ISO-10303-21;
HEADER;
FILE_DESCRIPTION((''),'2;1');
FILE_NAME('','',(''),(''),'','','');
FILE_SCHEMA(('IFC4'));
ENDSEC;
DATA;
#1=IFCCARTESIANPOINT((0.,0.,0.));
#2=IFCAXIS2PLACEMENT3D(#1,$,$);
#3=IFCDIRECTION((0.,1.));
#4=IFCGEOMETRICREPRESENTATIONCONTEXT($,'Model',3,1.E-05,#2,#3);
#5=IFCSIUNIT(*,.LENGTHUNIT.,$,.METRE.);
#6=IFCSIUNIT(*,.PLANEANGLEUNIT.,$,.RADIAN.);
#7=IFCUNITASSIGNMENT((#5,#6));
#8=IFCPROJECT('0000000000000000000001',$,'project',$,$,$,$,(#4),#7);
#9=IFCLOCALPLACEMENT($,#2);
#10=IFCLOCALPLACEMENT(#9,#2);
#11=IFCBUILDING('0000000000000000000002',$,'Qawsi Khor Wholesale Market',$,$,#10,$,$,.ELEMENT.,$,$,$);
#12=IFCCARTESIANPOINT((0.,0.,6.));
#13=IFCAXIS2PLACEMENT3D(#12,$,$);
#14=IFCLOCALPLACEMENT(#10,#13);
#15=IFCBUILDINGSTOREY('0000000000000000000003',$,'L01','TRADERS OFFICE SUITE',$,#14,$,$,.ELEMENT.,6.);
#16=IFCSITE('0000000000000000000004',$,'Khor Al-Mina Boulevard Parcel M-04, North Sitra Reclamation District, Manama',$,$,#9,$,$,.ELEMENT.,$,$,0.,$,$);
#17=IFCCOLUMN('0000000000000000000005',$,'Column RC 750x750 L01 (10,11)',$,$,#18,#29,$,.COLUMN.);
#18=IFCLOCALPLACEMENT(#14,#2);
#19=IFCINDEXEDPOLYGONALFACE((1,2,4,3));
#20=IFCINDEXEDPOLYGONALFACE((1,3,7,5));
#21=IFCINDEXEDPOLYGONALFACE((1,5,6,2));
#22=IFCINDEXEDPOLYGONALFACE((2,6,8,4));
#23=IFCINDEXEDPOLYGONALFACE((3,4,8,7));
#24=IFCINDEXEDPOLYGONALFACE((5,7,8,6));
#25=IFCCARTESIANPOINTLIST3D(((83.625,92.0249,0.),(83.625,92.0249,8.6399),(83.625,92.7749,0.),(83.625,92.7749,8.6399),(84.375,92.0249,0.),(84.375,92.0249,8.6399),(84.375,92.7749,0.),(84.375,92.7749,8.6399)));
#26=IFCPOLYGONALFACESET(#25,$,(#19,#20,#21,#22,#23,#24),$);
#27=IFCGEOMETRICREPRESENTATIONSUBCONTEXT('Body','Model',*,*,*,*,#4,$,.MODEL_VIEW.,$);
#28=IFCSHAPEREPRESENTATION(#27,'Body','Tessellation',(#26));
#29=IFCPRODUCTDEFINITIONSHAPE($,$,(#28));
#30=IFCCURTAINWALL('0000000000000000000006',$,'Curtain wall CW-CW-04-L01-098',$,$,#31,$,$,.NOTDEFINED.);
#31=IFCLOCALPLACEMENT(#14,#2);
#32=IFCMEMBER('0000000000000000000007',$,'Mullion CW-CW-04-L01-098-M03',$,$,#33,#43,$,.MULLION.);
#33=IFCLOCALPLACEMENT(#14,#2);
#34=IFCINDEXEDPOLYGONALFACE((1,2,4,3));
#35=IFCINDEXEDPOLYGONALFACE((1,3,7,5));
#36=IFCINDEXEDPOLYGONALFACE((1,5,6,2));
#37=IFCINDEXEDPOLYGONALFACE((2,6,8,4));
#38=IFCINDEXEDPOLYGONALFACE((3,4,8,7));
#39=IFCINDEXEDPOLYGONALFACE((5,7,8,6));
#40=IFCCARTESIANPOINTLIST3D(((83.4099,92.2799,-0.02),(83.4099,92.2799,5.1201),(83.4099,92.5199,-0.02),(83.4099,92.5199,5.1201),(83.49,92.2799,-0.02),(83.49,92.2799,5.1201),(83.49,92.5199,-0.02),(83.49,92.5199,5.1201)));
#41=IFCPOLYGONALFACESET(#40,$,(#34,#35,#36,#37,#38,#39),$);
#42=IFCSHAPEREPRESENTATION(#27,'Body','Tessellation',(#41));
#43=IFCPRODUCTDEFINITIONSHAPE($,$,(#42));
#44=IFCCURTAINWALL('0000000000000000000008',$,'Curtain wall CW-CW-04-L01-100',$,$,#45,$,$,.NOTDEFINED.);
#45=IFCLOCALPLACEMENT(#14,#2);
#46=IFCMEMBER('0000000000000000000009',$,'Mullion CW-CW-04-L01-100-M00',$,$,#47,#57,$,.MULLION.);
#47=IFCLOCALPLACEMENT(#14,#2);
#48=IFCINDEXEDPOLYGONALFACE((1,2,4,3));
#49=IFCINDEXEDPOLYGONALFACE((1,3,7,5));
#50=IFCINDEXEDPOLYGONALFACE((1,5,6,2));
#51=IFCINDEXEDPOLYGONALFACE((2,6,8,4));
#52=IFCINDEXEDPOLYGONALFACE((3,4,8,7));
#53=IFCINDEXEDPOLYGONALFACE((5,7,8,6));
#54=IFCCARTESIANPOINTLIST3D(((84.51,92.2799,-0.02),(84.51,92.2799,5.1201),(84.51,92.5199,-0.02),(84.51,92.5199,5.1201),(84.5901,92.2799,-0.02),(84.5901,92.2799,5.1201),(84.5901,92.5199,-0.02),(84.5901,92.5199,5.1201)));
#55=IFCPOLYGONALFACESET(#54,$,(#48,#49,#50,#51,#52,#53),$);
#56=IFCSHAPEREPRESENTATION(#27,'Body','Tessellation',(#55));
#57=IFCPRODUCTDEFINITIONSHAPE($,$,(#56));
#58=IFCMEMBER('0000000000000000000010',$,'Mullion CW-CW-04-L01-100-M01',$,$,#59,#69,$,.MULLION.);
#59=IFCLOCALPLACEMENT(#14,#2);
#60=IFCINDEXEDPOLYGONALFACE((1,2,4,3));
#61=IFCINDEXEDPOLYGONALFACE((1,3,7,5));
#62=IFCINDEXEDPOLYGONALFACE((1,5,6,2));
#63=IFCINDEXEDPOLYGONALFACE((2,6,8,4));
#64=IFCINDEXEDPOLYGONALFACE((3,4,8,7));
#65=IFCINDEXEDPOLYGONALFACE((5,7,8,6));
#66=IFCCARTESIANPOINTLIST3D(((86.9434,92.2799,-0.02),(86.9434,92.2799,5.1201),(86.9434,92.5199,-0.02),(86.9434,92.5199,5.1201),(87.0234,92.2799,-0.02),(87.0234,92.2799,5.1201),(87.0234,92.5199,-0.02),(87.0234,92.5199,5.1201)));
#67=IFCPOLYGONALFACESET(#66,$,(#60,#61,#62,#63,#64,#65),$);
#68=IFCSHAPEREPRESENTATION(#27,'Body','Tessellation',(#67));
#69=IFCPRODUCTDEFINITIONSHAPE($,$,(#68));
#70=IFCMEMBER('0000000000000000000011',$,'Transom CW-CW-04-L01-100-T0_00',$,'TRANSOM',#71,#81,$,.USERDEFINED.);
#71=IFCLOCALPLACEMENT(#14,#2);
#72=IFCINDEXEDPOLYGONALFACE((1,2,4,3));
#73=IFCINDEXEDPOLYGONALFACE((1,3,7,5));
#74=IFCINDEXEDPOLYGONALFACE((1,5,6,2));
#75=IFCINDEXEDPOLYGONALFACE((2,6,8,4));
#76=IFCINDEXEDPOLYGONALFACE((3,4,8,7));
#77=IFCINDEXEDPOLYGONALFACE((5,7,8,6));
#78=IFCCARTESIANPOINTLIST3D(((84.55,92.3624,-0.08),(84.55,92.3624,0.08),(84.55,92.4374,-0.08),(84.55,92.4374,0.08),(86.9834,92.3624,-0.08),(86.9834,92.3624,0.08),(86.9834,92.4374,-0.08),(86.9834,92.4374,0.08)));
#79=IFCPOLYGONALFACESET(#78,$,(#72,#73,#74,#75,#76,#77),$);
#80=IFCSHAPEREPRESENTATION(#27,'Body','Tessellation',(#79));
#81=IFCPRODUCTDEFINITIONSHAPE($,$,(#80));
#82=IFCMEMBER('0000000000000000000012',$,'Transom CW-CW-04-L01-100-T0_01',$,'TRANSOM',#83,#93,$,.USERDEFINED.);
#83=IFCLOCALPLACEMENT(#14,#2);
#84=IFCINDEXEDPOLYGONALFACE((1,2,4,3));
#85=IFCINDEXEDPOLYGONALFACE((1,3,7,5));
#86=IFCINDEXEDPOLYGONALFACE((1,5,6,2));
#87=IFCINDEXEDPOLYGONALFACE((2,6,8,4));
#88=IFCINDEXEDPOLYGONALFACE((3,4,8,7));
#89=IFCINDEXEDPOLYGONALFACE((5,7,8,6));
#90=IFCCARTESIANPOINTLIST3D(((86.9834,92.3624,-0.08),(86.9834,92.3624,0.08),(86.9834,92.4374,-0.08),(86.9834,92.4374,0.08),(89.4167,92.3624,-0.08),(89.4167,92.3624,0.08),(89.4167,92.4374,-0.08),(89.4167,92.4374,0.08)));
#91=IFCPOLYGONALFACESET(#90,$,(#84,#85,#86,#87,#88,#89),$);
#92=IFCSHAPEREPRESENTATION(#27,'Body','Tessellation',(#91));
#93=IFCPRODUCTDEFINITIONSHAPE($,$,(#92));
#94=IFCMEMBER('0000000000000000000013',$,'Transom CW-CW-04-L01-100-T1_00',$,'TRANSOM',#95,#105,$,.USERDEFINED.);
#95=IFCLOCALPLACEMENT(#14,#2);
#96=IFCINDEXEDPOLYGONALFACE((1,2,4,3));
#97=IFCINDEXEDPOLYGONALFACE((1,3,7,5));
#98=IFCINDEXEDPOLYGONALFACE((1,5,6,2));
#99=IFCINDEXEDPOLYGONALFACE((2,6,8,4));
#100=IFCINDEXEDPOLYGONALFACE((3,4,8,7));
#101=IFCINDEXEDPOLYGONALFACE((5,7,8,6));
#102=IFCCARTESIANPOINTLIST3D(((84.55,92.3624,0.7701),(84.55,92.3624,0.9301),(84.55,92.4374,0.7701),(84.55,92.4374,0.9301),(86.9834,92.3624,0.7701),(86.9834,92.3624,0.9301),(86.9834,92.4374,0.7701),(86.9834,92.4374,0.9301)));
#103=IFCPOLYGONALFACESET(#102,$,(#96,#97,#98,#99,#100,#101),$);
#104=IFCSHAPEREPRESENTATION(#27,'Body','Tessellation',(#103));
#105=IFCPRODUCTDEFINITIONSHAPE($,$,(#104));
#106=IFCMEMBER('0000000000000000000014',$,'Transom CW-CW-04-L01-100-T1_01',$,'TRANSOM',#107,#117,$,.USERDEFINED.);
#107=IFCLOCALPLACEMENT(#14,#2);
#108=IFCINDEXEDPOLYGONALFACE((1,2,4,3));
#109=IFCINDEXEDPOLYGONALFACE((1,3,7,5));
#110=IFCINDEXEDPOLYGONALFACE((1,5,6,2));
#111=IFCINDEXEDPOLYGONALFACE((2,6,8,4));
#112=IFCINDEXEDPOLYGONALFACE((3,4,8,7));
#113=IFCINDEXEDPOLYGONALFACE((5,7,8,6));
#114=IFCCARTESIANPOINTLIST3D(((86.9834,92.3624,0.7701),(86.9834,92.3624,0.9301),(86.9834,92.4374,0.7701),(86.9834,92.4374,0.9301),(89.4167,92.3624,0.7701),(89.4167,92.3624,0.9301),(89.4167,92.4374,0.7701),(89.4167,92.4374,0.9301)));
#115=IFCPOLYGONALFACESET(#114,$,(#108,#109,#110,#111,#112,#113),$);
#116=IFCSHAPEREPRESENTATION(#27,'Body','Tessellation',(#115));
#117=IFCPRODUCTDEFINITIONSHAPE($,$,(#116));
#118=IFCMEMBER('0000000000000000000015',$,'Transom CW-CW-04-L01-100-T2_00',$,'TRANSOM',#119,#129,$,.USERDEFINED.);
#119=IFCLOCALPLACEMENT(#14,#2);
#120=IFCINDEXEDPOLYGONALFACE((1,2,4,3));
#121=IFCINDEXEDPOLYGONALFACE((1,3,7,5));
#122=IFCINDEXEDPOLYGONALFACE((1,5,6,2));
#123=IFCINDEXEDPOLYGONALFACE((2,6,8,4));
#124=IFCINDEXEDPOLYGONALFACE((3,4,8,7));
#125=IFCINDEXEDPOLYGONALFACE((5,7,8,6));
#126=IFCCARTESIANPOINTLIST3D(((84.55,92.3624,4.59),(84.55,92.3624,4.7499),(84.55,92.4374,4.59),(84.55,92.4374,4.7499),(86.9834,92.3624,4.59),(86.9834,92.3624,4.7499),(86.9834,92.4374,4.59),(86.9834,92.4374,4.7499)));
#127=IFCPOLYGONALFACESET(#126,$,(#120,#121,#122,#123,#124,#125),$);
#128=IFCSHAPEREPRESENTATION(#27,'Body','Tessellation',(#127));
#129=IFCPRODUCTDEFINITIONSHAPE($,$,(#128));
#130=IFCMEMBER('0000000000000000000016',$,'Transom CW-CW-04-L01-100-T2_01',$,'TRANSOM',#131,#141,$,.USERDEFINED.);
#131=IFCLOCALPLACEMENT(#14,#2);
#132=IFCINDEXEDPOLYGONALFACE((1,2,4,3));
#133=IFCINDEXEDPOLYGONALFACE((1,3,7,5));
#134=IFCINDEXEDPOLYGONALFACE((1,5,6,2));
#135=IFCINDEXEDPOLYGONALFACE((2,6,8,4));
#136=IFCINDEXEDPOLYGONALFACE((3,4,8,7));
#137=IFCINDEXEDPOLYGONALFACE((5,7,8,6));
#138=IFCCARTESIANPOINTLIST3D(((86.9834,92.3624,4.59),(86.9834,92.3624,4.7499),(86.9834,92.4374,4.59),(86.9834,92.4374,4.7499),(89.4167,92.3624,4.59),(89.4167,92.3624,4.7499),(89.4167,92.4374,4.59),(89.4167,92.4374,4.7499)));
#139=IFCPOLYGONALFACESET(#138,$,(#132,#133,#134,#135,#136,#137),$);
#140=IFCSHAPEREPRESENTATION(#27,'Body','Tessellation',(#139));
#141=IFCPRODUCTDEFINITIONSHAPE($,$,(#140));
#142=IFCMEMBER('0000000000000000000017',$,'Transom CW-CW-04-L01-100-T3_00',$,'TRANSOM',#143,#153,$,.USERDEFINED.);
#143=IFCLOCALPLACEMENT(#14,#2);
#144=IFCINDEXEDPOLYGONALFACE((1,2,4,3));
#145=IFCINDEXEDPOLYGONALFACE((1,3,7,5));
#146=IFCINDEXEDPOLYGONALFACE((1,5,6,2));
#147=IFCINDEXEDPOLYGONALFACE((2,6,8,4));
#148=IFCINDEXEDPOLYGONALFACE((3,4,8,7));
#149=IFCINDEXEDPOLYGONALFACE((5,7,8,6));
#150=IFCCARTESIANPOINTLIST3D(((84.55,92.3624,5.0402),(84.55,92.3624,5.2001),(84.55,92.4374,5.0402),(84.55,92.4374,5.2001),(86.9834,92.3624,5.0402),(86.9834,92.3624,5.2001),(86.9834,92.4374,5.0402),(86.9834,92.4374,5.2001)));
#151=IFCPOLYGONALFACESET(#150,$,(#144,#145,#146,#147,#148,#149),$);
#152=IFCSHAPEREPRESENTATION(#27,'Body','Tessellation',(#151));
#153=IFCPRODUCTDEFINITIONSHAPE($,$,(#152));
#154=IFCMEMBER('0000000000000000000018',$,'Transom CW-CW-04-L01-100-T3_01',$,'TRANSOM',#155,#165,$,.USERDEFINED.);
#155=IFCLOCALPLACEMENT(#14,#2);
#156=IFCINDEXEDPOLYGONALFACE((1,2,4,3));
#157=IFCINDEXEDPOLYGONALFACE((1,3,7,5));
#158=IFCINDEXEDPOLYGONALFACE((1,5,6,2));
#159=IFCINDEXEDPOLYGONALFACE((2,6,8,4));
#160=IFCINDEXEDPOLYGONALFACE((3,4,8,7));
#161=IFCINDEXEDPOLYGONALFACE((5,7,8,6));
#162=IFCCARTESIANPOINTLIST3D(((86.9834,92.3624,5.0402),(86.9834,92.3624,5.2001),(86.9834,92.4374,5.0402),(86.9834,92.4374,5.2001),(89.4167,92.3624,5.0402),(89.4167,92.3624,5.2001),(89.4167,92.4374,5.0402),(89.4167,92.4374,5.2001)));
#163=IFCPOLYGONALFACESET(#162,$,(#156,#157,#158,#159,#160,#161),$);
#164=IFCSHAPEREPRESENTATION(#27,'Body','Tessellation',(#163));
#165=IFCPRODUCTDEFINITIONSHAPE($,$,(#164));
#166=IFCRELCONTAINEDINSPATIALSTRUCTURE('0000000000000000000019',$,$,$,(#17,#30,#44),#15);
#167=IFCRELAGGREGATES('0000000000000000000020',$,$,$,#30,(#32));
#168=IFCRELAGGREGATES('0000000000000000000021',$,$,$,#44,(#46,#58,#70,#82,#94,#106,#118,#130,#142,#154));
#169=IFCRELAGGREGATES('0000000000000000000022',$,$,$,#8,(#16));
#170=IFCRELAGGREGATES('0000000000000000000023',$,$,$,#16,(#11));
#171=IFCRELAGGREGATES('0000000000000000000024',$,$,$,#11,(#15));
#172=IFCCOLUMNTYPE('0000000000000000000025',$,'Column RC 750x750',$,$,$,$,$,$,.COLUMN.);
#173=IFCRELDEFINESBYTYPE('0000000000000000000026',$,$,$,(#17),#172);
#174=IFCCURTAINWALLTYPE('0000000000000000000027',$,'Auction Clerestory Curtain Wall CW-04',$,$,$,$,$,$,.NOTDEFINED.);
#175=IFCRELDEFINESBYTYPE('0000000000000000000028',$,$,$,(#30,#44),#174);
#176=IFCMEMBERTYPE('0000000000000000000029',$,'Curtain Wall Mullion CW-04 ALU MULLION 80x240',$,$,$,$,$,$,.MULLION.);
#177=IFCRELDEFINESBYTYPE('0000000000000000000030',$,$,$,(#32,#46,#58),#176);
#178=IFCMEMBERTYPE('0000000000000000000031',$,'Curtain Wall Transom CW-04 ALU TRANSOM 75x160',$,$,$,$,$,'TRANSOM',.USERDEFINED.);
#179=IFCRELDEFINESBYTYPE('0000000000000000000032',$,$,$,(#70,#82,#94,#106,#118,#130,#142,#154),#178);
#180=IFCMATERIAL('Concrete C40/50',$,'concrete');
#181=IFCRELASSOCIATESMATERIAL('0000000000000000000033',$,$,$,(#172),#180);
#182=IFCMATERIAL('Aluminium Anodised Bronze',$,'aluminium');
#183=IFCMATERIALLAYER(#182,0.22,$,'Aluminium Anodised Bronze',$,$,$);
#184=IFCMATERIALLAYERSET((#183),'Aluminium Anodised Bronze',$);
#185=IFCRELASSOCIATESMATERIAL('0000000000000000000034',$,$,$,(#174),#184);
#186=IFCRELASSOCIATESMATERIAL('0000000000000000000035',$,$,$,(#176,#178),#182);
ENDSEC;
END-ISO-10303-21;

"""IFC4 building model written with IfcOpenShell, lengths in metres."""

from ifc_helpers import new_model, si_unit, direction, frame, origin, origin_2d, place, context, subcontext, project, spatial, rectangle, extrude, material, layer, layer_set, material_profile, profile_set, type_object, element, aggregate, save


model = new_model("IFC4")

# Units and contexts
model_context = context("Model", 3, precision=1e-05, world=origin(), true_north=direction((0.0, 1.0)))
body_context = subcontext(model_context, "Body", "Model", "MODEL_VIEW")
ifc_project = project(units=[si_unit("LENGTHUNIT", "METRE"), si_unit("PLANEANGLEUNIT", "RADIAN")], contexts=[model_context])

# Site, building, storey
site_placement = place(None, origin())
site = spatial("IfcSite", under=ifc_project, at=site_placement, Name="Khor Al-Mina Boulevard Parcel M-04, North Sitra Reclamation District, Manama", CompositionType="ELEMENT", RefElevation=0.0)
building_placement = place(site_placement, origin())
building = spatial("IfcBuilding", under=site, at=building_placement, Name="Qawsi Khor Wholesale Market", CompositionType="ELEMENT")
storey_placement = place(building_placement, frame((0.0, 0.0, 6.0)))
storey = spatial("IfcBuildingStorey", under=building, at=storey_placement, Name="L01", Description="TRADERS OFFICE SUITE", CompositionType="ELEMENT", Elevation=6.0)

# Column
ifc_material_1 = material(Name="Concrete C40/50", Category="concrete")
ifc_material_profile_1 = material_profile(ifc_material_1, rectangle(XDim=0.75, YDim=0.75, at=origin_2d()), Name="RC 750x750")
ifc_profile_set_1 = profile_set([ifc_material_profile_1], Name="Concrete C40/50")
column_type = type_object("IfcColumnType", Name="Column RC 750x750", PredefinedType="COLUMN", material=ifc_profile_set_1)
column_placement = place(storey_placement, frame((84.0, 92.3999, 0.0), z_axis=(0.0, 0.0, 1.0), x_axis=(1.0, 0.0, 0.0)))
element("IfcColumn", 1, at=column_placement, inside=storey, type_object=column_type, Name="Column RC 750x750 L01 (10,11)", PredefinedType="COLUMN", context=body_context, shape_type="SweptSolid", body=[
    extrude(rectangle(XDim=0.75, YDim=0.75, at=origin_2d()), origin(), (0.0, 0.0, 1.0), 8.6399),
])

# Curtain wall, member
ifc_material_2 = material(Name="Aluminium Anodised Bronze", Category="aluminium")
ifc_layer_1 = layer(ifc_material_2, 0.22, Name="Aluminium Anodised Bronze")
ifc_layer_set_1 = layer_set([ifc_layer_1], Name="Aluminium Anodised Bronze")
curtain_wall_type = type_object("IfcCurtainWallType", Name="Auction Clerestory Curtain Wall CW-04", PredefinedType="NOTDEFINED", material=ifc_layer_set_1)
curtain_wall_1_placement = place(storey_placement, origin())
curtain_wall_1 = element("IfcCurtainWall", 2, at=curtain_wall_1_placement, inside=storey, type_object=curtain_wall_type, Name="Curtain wall CW-CW-04-L01-098", PredefinedType="NOTDEFINED")
ifc_material_profile_2 = material_profile(ifc_material_2, rectangle(XDim=0.0801, YDim=0.24, at=origin_2d()), Name="ALU MULLION 80x240")
ifc_profile_set_2 = profile_set([ifc_material_profile_2], Name="Aluminium Anodised Bronze")
member_type_1 = type_object("IfcMemberType", Name="Curtain Wall Mullion CW-04 ALU MULLION 80x240", PredefinedType="MULLION", material=ifc_profile_set_2)
member_1_placement = place(storey_placement, frame((83.45, 92.3999, -0.02), z_axis=(0.0, 0.0, 1.0), x_axis=(1.0, 0.0, 0.0)))
member_1 = element("IfcMember", 3, at=member_1_placement, type_object=member_type_1, Name="Mullion CW-CW-04-L01-098-M03", PredefinedType="MULLION", context=body_context, shape_type="SweptSolid", body=[
    extrude(rectangle(XDim=0.0801, YDim=0.24, at=origin_2d()), origin(), (0.0, 0.0, 1.0), 5.1401),
])

# Curtain wall, members
curtain_wall_2_placement = place(storey_placement, origin())
curtain_wall_2 = element("IfcCurtainWall", 4, at=curtain_wall_2_placement, inside=storey, type_object=curtain_wall_type, Name="Curtain wall CW-CW-04-L01-100", PredefinedType="NOTDEFINED")
member_2_placement = place(storey_placement, frame((84.55, 92.3999, -0.02), z_axis=(0.0, 0.0, 1.0), x_axis=(1.0, 0.0, 0.0)))
member_2 = element("IfcMember", 5, at=member_2_placement, type_object=member_type_1, Name="Mullion CW-CW-04-L01-100-M00", PredefinedType="MULLION", context=body_context, shape_type="SweptSolid", body=[
    extrude(rectangle(XDim=0.0801, YDim=0.24, at=origin_2d()), origin(), (0.0, 0.0, 1.0), 5.1401),
])
member_3_placement = place(storey_placement, frame((86.9834, 92.3999, -0.02), z_axis=(0.0, 0.0, 1.0), x_axis=(1.0, 0.0, 0.0)))
member_3 = element("IfcMember", 6, at=member_3_placement, type_object=member_type_1, Name="Mullion CW-CW-04-L01-100-M01", PredefinedType="MULLION", context=body_context, shape_type="SweptSolid", body=[
    extrude(rectangle(XDim=0.0801, YDim=0.24, at=origin_2d()), origin(), (0.0, 0.0, 1.0), 5.1401),
])
ifc_material_profile_3 = material_profile(ifc_material_2, rectangle(XDim=0.075, YDim=0.1599, at=origin_2d()), Name="ALU TRANSOM 75x160")
ifc_profile_set_3 = profile_set([ifc_material_profile_3], Name="Aluminium Anodised Bronze")
member_type_2 = type_object("IfcMemberType", Name="Curtain Wall Transom CW-04 ALU TRANSOM 75x160", ElementType="TRANSOM", PredefinedType="USERDEFINED", material=ifc_profile_set_3)
member_4_placement = place(storey_placement, frame((84.55, 92.3999, 0.0), z_axis=(1.0, 0.0, 0.0), x_axis=(0.0, 1.0, 0.0)))
member_4 = element("IfcMember", 7, at=member_4_placement, type_object=member_type_2, Name="Transom CW-CW-04-L01-100-T0_00", ObjectType="TRANSOM", PredefinedType="USERDEFINED", context=body_context, shape_type="SweptSolid", body=[
    extrude(rectangle(XDim=0.075, YDim=0.1599, at=origin_2d()), origin(), (0.0, 0.0, 1.0), 2.4333),
])
member_5_placement = place(storey_placement, frame((86.9834, 92.3999, 0.0), z_axis=(1.0, 0.0, 0.0), x_axis=(0.0, 1.0, 0.0)))
member_5 = element("IfcMember", 8, at=member_5_placement, type_object=member_type_2, Name="Transom CW-CW-04-L01-100-T0_01", ObjectType="TRANSOM", PredefinedType="USERDEFINED", context=body_context, shape_type="SweptSolid", body=[
    extrude(rectangle(XDim=0.075, YDim=0.1599, at=origin_2d()), origin(), (0.0, 0.0, 1.0), 2.4333),
])
member_6_placement = place(storey_placement, frame((84.55, 92.3999, 0.8501), z_axis=(1.0, 0.0, 0.0), x_axis=(0.0, 1.0, 0.0)))
member_6 = element("IfcMember", 9, at=member_6_placement, type_object=member_type_2, Name="Transom CW-CW-04-L01-100-T1_00", ObjectType="TRANSOM", PredefinedType="USERDEFINED", context=body_context, shape_type="SweptSolid", body=[
    extrude(rectangle(XDim=0.075, YDim=0.1599, at=origin_2d()), origin(), (0.0, 0.0, 1.0), 2.4333),
])
member_7_placement = place(storey_placement, frame((86.9834, 92.3999, 0.8501), z_axis=(1.0, 0.0, 0.0), x_axis=(0.0, 1.0, 0.0)))
member_7 = element("IfcMember", 10, at=member_7_placement, type_object=member_type_2, Name="Transom CW-CW-04-L01-100-T1_01", ObjectType="TRANSOM", PredefinedType="USERDEFINED", context=body_context, shape_type="SweptSolid", body=[
    extrude(rectangle(XDim=0.075, YDim=0.1599, at=origin_2d()), origin(), (0.0, 0.0, 1.0), 2.4333),
])
member_8_placement = place(storey_placement, frame((84.55, 92.3999, 4.6699), z_axis=(1.0, 0.0, 0.0), x_axis=(0.0, 1.0, 0.0)))
member_8 = element("IfcMember", 11, at=member_8_placement, type_object=member_type_2, Name="Transom CW-CW-04-L01-100-T2_00", ObjectType="TRANSOM", PredefinedType="USERDEFINED", context=body_context, shape_type="SweptSolid", body=[
    extrude(rectangle(XDim=0.075, YDim=0.1599, at=origin_2d()), origin(), (0.0, 0.0, 1.0), 2.4333),
])
member_9_placement = place(storey_placement, frame((86.9834, 92.3999, 4.6699), z_axis=(1.0, 0.0, 0.0), x_axis=(0.0, 1.0, 0.0)))
member_9 = element("IfcMember", 12, at=member_9_placement, type_object=member_type_2, Name="Transom CW-CW-04-L01-100-T2_01", ObjectType="TRANSOM", PredefinedType="USERDEFINED", context=body_context, shape_type="SweptSolid", body=[
    extrude(rectangle(XDim=0.075, YDim=0.1599, at=origin_2d()), origin(), (0.0, 0.0, 1.0), 2.4333),
])
member_10_placement = place(storey_placement, frame((84.55, 92.3999, 5.1201), z_axis=(1.0, 0.0, 0.0), x_axis=(0.0, 1.0, 0.0)))
member_10 = element("IfcMember", 13, at=member_10_placement, type_object=member_type_2, Name="Transom CW-CW-04-L01-100-T3_00", ObjectType="TRANSOM", PredefinedType="USERDEFINED", context=body_context, shape_type="SweptSolid", body=[
    extrude(rectangle(XDim=0.075, YDim=0.1599, at=origin_2d()), origin(), (0.0, 0.0, 1.0), 2.4333),
])
member_11_placement = place(storey_placement, frame((86.9834, 92.3999, 5.1201), z_axis=(1.0, 0.0, 0.0), x_axis=(0.0, 1.0, 0.0)))
member_11 = element("IfcMember", 14, at=member_11_placement, type_object=member_type_2, Name="Transom CW-CW-04-L01-100-T3_01", ObjectType="TRANSOM", PredefinedType="USERDEFINED", context=body_context, shape_type="SweptSolid", body=[
    extrude(rectangle(XDim=0.075, YDim=0.1599, at=origin_2d()), origin(), (0.0, 0.0, 1.0), 2.4333),
])

aggregate(curtain_wall_1, [member_1])
aggregate(curtain_wall_2, [member_2, member_3, member_4, member_5, member_6, member_7, member_8, member_9, member_10, member_11])

save(model, "model.ifc")
